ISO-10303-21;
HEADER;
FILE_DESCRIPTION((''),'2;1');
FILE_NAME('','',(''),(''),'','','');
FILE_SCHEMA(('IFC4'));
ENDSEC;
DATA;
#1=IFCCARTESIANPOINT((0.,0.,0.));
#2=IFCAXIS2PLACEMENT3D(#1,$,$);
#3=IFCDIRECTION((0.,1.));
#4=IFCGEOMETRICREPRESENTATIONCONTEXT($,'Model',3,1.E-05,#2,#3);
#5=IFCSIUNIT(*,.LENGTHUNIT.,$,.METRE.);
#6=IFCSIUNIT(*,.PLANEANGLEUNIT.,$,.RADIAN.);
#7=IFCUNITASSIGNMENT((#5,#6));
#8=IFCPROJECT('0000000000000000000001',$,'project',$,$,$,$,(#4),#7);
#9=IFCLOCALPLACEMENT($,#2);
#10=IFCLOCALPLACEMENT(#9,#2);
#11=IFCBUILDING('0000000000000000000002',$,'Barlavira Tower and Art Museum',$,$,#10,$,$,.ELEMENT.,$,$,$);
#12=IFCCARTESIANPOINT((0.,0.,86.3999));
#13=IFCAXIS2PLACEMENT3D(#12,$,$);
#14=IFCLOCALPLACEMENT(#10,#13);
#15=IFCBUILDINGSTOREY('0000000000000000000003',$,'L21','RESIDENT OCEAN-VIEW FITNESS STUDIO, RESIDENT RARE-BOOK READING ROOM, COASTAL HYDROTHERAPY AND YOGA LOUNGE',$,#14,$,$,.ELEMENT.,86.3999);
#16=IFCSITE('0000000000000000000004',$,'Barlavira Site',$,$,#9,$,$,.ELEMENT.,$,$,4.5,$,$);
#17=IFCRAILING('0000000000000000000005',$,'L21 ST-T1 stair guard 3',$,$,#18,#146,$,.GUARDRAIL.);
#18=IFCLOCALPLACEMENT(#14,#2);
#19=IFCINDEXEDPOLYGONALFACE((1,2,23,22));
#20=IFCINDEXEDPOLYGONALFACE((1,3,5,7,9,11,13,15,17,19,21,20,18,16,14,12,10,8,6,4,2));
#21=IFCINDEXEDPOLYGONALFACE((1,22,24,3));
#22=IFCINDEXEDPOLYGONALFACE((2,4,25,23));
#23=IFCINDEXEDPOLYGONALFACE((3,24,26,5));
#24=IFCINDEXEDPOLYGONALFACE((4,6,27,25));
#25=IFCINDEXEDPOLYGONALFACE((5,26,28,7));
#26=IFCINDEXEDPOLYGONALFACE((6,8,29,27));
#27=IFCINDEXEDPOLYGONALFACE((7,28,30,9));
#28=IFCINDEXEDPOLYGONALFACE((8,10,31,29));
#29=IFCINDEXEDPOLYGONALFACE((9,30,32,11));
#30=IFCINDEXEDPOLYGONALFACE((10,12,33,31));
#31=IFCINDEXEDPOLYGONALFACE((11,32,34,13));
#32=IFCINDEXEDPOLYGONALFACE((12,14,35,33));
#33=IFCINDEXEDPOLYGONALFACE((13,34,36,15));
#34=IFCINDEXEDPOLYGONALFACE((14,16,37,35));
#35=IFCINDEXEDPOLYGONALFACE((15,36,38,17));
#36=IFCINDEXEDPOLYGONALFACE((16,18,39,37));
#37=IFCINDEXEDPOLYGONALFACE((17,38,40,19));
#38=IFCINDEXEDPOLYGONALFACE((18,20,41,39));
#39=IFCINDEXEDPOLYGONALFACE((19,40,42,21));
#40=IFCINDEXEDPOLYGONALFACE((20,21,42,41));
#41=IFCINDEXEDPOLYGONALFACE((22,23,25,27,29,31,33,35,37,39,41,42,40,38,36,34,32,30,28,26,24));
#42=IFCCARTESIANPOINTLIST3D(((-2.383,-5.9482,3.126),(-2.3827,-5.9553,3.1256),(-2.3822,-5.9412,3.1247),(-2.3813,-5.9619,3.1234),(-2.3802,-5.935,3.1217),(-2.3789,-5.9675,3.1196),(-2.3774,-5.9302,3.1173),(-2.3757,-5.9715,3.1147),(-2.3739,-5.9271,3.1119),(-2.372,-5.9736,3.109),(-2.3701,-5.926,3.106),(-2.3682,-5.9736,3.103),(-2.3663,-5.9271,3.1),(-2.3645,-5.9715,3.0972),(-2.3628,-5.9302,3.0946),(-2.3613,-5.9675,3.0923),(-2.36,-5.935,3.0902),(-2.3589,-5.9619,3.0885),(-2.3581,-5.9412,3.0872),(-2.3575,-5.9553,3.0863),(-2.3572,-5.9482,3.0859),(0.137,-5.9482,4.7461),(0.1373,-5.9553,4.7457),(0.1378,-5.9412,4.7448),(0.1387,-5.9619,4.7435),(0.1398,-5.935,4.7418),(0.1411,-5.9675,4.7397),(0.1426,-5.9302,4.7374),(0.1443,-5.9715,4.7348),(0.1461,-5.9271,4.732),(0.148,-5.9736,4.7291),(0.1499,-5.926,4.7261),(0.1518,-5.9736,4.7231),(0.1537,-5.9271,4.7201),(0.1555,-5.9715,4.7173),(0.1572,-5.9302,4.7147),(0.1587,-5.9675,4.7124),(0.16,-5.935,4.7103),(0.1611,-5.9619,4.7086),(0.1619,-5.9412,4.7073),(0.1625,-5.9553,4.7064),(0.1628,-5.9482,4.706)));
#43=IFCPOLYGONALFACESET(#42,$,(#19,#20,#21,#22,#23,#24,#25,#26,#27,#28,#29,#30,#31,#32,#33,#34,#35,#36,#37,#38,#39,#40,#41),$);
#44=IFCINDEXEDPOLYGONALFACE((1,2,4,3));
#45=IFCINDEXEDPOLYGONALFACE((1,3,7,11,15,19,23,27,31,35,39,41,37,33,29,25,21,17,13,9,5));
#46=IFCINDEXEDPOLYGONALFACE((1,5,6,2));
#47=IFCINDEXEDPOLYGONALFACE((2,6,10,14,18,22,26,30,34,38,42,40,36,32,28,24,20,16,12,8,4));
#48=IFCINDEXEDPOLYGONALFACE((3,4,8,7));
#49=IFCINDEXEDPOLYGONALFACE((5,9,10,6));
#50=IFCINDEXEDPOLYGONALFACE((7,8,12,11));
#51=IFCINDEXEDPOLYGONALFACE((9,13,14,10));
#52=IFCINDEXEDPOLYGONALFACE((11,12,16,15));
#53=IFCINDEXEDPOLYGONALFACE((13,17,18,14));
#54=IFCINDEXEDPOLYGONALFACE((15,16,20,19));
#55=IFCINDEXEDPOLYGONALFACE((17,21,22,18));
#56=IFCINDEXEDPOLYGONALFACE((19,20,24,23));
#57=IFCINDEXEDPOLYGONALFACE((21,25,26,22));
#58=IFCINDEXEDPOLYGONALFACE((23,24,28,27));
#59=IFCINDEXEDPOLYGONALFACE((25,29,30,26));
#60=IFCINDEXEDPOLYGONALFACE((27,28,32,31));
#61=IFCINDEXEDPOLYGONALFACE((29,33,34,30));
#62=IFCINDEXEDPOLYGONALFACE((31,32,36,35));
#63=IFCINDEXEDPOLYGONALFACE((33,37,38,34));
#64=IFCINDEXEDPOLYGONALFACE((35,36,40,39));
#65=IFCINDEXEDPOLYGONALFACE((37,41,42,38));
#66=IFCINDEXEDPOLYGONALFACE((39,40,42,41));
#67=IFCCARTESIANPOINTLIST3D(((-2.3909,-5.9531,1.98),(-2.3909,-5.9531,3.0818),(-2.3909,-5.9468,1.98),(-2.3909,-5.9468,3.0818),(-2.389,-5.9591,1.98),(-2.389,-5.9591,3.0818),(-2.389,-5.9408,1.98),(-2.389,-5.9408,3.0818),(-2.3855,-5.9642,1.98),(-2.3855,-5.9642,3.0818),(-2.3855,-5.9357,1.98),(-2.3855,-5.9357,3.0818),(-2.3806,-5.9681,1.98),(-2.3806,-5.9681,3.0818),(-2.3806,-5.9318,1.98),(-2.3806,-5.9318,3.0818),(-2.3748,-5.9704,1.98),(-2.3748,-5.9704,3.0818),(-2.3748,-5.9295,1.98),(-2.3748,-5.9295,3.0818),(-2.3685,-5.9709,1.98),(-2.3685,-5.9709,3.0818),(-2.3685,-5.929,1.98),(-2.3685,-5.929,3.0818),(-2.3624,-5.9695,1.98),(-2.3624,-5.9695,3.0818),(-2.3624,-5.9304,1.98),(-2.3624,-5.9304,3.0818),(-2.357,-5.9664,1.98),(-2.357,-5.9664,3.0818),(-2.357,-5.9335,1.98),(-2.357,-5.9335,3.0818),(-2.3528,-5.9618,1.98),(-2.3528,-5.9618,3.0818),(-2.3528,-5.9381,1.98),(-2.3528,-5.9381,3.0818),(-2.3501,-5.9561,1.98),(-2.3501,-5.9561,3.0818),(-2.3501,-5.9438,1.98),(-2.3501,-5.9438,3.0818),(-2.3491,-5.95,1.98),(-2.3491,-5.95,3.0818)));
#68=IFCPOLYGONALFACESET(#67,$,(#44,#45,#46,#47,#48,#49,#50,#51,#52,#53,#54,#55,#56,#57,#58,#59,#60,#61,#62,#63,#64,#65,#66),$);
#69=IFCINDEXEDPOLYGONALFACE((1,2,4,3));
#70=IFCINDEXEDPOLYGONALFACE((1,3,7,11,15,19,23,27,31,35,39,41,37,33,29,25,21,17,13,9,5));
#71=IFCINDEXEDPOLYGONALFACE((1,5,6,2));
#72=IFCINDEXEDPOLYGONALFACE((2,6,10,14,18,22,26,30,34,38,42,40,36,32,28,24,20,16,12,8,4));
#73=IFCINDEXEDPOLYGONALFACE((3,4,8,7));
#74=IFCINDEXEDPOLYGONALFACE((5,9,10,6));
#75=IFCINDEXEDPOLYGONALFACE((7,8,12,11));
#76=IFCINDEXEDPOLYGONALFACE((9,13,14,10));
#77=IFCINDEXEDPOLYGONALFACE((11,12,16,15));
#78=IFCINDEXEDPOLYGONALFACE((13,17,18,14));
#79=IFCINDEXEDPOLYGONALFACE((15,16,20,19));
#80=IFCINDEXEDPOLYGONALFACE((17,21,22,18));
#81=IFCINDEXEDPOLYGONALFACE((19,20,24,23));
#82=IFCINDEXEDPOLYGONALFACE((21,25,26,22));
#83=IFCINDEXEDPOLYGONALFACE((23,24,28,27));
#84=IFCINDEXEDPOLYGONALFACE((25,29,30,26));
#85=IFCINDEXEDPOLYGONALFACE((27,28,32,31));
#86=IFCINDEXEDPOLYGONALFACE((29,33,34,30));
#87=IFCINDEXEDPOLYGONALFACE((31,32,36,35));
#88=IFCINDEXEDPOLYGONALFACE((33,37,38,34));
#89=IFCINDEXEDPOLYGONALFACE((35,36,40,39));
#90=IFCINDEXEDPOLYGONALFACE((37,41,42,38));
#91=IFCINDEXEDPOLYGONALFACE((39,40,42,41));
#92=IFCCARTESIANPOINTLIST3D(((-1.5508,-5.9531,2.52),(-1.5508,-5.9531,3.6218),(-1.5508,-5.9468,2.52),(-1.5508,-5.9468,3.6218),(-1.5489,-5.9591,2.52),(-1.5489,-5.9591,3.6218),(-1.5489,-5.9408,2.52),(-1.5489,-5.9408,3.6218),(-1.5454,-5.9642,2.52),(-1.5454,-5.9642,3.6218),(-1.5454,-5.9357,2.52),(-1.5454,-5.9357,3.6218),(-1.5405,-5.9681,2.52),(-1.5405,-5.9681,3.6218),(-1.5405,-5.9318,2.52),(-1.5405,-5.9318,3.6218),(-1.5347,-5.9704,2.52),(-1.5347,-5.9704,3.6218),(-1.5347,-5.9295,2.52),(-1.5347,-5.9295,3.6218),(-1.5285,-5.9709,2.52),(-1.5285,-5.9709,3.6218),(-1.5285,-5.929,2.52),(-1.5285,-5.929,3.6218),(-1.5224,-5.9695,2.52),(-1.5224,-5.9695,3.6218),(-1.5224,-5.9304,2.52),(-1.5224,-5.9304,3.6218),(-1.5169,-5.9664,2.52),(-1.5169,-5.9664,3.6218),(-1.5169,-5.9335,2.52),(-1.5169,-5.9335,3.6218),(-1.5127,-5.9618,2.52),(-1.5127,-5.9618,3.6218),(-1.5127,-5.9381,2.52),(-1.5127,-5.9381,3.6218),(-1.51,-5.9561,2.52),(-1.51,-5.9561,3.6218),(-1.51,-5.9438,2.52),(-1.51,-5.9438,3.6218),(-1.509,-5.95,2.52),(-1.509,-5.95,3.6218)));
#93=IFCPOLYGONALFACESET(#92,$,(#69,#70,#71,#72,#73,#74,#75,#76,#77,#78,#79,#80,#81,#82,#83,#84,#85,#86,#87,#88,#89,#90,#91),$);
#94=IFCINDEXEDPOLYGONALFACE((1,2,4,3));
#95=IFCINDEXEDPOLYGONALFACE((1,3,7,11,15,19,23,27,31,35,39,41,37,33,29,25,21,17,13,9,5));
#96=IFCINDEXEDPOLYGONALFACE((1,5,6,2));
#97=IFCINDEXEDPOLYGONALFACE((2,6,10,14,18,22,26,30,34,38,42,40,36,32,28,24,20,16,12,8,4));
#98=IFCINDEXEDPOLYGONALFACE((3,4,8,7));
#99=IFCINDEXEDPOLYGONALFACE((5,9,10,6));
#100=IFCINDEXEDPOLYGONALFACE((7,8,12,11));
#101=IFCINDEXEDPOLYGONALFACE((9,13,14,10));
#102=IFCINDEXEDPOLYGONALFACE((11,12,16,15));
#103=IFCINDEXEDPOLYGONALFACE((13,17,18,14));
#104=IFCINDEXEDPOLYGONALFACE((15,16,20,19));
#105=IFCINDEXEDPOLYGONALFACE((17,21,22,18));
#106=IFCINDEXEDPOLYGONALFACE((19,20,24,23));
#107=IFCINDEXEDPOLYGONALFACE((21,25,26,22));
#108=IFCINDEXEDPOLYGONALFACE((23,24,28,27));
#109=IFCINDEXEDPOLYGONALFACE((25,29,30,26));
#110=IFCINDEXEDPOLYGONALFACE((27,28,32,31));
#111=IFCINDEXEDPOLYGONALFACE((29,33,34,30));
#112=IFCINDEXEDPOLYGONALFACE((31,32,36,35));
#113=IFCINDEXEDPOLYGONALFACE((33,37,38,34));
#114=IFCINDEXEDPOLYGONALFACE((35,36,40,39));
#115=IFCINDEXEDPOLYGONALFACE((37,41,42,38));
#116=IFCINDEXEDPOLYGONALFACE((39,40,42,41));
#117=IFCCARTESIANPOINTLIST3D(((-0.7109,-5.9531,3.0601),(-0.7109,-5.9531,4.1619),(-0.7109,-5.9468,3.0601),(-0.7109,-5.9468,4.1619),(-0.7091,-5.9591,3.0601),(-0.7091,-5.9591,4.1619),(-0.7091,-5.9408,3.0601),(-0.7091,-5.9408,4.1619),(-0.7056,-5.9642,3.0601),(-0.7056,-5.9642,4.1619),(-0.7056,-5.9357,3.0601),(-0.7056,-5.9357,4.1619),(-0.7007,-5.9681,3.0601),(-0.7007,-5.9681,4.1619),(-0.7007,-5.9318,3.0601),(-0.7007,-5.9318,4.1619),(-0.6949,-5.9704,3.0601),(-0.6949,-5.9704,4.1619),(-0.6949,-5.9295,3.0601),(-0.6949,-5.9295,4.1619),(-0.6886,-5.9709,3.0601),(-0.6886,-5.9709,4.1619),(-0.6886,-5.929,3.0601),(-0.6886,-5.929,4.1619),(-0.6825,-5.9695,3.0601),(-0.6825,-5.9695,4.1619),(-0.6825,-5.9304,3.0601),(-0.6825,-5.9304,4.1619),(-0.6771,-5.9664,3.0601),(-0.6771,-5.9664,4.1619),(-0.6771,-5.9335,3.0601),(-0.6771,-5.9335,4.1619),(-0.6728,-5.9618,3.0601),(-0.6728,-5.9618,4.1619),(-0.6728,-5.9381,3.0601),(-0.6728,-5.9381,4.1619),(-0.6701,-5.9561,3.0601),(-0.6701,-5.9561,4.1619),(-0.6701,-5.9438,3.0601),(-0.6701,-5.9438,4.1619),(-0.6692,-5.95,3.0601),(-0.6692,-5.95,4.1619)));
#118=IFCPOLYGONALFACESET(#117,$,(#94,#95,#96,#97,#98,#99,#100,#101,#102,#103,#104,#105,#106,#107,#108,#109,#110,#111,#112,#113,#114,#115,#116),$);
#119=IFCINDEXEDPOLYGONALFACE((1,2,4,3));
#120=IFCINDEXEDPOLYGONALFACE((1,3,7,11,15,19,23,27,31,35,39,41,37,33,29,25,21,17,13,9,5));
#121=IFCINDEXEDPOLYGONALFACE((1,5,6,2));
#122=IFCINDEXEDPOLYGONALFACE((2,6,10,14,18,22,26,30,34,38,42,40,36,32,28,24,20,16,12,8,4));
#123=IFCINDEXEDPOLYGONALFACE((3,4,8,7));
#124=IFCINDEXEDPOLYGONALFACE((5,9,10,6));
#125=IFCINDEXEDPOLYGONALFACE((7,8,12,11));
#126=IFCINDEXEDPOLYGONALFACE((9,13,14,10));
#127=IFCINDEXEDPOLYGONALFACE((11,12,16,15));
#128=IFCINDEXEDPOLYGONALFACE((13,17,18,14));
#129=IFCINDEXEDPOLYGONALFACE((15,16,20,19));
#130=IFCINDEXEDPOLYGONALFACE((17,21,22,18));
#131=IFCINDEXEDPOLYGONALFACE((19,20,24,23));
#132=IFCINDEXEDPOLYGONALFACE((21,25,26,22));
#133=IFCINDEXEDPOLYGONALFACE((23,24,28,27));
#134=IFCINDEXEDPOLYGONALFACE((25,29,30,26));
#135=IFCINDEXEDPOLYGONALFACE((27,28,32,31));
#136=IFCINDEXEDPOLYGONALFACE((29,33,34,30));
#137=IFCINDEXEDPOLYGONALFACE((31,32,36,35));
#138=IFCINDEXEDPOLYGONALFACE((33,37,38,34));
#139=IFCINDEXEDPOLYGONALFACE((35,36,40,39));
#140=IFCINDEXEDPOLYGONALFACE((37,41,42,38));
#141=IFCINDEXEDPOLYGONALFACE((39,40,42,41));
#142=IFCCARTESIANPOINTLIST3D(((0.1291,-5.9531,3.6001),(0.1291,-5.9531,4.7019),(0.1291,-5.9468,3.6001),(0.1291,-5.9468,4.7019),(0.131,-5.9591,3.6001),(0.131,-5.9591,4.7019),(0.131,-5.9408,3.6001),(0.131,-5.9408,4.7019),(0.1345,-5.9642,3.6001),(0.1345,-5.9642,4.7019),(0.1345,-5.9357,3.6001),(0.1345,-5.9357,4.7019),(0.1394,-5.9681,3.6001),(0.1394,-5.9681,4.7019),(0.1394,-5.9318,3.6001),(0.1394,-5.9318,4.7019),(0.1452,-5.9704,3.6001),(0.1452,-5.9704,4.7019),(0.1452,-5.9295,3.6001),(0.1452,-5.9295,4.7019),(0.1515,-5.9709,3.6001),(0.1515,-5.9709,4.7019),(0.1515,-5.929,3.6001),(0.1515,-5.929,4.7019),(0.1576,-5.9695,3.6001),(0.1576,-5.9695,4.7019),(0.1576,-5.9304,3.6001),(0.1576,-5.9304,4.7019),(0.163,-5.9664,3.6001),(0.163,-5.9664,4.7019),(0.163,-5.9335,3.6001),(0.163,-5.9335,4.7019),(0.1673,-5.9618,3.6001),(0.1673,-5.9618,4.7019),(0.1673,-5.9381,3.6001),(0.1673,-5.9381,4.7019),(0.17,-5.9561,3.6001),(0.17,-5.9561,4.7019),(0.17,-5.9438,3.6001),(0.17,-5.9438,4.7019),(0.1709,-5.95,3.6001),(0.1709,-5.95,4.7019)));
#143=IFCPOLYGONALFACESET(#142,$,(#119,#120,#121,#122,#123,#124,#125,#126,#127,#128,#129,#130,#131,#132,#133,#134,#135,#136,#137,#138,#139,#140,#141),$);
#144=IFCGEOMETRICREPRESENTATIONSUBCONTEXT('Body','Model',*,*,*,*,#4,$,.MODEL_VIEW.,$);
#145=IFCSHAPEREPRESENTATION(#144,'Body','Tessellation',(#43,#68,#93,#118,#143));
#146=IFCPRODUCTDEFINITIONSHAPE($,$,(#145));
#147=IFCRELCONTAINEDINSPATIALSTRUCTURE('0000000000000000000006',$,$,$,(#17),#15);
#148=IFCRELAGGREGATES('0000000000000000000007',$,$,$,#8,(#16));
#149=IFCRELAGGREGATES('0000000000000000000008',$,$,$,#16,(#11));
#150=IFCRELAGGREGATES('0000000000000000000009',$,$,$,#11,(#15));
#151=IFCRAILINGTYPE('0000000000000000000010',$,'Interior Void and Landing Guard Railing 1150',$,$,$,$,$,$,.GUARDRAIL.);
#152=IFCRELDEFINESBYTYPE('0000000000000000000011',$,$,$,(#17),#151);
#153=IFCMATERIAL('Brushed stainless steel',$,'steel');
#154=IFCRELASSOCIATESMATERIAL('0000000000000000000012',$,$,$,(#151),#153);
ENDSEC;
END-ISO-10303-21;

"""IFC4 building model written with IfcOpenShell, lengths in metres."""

from ifc_helpers import new_model, si_unit, direction, frame, origin, origin_2d, place, context, subcontext, project, spatial, circle, extrude, material, type_object, element, save


model = new_model("IFC4")

# Units and contexts
model_context = context("Model", 3, precision=1e-05, world=origin(), true_north=direction((0.0, 1.0)))
body_context = subcontext(model_context, "Body", "Model", "MODEL_VIEW")
ifc_project = project(units=[si_unit("LENGTHUNIT", "METRE"), si_unit("PLANEANGLEUNIT", "RADIAN")], contexts=[model_context])

# Site, building, storey
site_placement = place(None, origin())
site = spatial("IfcSite", under=ifc_project, at=site_placement, Name="Barlavira Site", CompositionType="ELEMENT", RefElevation=4.5)
building_placement = place(site_placement, origin())
building = spatial("IfcBuilding", under=site, at=building_placement, Name="Barlavira Tower and Art Museum", CompositionType="ELEMENT")
storey_placement = place(building_placement, frame((0.0, 0.0, 86.3999)))
storey = spatial("IfcBuildingStorey", under=building, at=storey_placement, Name="L21", Description="RESIDENT OCEAN-VIEW FITNESS STUDIO, RESIDENT RARE-BOOK READING ROOM, COASTAL HYDROTHERAPY AND YOGA LOUNGE", CompositionType="ELEMENT", Elevation=86.3999)

# Shared definitions
ifc_material_1 = material(Name="Brushed stainless steel", Category="steel")

# Railing
railing_type_1 = type_object("IfcRailingType", Name="Interior Void and Landing Guard Railing 1150", PredefinedType="GUARDRAIL", material=ifc_material_1)
railing_1_placement = place(storey_placement, frame((-2.3701, -5.95, 1.98)))
element("IfcRailing", 1, at=railing_1_placement, inside=storey, type_object=railing_type_1, Name="L21 ST-T1 stair guard 3", PredefinedType="GUARDRAIL", context=body_context, shape_type="SweptSolid", body=[
    extrude(circle(Radius=0.0239, at=origin_2d()), frame((0.0, 0.0, 1.126), z_axis=(0.841163, 0.0, 0.540782), x_axis=(0.0, 1.0, 0.0)), (0.0, 0.0, 1.0), 2.9958),
    extrude(circle(Radius=0.021, at=origin_2d()), origin(), (0.0, 0.0, 1.0), 1.1018),
    extrude(circle(Radius=0.021, at=origin_2d()), frame((0.8401, 0.0, 0.54)), (0.0, 0.0, 1.0), 1.1018),
    extrude(circle(Radius=0.021, at=origin_2d()), frame((1.6799, 0.0, 1.0801)), (0.0, 0.0, 1.0), 1.1018),
    extrude(circle(Radius=0.021, at=origin_2d()), frame((2.52, 0.0, 1.6201)), (0.0, 0.0, 1.0), 1.1018),
])

save(model, "model.ifc")
